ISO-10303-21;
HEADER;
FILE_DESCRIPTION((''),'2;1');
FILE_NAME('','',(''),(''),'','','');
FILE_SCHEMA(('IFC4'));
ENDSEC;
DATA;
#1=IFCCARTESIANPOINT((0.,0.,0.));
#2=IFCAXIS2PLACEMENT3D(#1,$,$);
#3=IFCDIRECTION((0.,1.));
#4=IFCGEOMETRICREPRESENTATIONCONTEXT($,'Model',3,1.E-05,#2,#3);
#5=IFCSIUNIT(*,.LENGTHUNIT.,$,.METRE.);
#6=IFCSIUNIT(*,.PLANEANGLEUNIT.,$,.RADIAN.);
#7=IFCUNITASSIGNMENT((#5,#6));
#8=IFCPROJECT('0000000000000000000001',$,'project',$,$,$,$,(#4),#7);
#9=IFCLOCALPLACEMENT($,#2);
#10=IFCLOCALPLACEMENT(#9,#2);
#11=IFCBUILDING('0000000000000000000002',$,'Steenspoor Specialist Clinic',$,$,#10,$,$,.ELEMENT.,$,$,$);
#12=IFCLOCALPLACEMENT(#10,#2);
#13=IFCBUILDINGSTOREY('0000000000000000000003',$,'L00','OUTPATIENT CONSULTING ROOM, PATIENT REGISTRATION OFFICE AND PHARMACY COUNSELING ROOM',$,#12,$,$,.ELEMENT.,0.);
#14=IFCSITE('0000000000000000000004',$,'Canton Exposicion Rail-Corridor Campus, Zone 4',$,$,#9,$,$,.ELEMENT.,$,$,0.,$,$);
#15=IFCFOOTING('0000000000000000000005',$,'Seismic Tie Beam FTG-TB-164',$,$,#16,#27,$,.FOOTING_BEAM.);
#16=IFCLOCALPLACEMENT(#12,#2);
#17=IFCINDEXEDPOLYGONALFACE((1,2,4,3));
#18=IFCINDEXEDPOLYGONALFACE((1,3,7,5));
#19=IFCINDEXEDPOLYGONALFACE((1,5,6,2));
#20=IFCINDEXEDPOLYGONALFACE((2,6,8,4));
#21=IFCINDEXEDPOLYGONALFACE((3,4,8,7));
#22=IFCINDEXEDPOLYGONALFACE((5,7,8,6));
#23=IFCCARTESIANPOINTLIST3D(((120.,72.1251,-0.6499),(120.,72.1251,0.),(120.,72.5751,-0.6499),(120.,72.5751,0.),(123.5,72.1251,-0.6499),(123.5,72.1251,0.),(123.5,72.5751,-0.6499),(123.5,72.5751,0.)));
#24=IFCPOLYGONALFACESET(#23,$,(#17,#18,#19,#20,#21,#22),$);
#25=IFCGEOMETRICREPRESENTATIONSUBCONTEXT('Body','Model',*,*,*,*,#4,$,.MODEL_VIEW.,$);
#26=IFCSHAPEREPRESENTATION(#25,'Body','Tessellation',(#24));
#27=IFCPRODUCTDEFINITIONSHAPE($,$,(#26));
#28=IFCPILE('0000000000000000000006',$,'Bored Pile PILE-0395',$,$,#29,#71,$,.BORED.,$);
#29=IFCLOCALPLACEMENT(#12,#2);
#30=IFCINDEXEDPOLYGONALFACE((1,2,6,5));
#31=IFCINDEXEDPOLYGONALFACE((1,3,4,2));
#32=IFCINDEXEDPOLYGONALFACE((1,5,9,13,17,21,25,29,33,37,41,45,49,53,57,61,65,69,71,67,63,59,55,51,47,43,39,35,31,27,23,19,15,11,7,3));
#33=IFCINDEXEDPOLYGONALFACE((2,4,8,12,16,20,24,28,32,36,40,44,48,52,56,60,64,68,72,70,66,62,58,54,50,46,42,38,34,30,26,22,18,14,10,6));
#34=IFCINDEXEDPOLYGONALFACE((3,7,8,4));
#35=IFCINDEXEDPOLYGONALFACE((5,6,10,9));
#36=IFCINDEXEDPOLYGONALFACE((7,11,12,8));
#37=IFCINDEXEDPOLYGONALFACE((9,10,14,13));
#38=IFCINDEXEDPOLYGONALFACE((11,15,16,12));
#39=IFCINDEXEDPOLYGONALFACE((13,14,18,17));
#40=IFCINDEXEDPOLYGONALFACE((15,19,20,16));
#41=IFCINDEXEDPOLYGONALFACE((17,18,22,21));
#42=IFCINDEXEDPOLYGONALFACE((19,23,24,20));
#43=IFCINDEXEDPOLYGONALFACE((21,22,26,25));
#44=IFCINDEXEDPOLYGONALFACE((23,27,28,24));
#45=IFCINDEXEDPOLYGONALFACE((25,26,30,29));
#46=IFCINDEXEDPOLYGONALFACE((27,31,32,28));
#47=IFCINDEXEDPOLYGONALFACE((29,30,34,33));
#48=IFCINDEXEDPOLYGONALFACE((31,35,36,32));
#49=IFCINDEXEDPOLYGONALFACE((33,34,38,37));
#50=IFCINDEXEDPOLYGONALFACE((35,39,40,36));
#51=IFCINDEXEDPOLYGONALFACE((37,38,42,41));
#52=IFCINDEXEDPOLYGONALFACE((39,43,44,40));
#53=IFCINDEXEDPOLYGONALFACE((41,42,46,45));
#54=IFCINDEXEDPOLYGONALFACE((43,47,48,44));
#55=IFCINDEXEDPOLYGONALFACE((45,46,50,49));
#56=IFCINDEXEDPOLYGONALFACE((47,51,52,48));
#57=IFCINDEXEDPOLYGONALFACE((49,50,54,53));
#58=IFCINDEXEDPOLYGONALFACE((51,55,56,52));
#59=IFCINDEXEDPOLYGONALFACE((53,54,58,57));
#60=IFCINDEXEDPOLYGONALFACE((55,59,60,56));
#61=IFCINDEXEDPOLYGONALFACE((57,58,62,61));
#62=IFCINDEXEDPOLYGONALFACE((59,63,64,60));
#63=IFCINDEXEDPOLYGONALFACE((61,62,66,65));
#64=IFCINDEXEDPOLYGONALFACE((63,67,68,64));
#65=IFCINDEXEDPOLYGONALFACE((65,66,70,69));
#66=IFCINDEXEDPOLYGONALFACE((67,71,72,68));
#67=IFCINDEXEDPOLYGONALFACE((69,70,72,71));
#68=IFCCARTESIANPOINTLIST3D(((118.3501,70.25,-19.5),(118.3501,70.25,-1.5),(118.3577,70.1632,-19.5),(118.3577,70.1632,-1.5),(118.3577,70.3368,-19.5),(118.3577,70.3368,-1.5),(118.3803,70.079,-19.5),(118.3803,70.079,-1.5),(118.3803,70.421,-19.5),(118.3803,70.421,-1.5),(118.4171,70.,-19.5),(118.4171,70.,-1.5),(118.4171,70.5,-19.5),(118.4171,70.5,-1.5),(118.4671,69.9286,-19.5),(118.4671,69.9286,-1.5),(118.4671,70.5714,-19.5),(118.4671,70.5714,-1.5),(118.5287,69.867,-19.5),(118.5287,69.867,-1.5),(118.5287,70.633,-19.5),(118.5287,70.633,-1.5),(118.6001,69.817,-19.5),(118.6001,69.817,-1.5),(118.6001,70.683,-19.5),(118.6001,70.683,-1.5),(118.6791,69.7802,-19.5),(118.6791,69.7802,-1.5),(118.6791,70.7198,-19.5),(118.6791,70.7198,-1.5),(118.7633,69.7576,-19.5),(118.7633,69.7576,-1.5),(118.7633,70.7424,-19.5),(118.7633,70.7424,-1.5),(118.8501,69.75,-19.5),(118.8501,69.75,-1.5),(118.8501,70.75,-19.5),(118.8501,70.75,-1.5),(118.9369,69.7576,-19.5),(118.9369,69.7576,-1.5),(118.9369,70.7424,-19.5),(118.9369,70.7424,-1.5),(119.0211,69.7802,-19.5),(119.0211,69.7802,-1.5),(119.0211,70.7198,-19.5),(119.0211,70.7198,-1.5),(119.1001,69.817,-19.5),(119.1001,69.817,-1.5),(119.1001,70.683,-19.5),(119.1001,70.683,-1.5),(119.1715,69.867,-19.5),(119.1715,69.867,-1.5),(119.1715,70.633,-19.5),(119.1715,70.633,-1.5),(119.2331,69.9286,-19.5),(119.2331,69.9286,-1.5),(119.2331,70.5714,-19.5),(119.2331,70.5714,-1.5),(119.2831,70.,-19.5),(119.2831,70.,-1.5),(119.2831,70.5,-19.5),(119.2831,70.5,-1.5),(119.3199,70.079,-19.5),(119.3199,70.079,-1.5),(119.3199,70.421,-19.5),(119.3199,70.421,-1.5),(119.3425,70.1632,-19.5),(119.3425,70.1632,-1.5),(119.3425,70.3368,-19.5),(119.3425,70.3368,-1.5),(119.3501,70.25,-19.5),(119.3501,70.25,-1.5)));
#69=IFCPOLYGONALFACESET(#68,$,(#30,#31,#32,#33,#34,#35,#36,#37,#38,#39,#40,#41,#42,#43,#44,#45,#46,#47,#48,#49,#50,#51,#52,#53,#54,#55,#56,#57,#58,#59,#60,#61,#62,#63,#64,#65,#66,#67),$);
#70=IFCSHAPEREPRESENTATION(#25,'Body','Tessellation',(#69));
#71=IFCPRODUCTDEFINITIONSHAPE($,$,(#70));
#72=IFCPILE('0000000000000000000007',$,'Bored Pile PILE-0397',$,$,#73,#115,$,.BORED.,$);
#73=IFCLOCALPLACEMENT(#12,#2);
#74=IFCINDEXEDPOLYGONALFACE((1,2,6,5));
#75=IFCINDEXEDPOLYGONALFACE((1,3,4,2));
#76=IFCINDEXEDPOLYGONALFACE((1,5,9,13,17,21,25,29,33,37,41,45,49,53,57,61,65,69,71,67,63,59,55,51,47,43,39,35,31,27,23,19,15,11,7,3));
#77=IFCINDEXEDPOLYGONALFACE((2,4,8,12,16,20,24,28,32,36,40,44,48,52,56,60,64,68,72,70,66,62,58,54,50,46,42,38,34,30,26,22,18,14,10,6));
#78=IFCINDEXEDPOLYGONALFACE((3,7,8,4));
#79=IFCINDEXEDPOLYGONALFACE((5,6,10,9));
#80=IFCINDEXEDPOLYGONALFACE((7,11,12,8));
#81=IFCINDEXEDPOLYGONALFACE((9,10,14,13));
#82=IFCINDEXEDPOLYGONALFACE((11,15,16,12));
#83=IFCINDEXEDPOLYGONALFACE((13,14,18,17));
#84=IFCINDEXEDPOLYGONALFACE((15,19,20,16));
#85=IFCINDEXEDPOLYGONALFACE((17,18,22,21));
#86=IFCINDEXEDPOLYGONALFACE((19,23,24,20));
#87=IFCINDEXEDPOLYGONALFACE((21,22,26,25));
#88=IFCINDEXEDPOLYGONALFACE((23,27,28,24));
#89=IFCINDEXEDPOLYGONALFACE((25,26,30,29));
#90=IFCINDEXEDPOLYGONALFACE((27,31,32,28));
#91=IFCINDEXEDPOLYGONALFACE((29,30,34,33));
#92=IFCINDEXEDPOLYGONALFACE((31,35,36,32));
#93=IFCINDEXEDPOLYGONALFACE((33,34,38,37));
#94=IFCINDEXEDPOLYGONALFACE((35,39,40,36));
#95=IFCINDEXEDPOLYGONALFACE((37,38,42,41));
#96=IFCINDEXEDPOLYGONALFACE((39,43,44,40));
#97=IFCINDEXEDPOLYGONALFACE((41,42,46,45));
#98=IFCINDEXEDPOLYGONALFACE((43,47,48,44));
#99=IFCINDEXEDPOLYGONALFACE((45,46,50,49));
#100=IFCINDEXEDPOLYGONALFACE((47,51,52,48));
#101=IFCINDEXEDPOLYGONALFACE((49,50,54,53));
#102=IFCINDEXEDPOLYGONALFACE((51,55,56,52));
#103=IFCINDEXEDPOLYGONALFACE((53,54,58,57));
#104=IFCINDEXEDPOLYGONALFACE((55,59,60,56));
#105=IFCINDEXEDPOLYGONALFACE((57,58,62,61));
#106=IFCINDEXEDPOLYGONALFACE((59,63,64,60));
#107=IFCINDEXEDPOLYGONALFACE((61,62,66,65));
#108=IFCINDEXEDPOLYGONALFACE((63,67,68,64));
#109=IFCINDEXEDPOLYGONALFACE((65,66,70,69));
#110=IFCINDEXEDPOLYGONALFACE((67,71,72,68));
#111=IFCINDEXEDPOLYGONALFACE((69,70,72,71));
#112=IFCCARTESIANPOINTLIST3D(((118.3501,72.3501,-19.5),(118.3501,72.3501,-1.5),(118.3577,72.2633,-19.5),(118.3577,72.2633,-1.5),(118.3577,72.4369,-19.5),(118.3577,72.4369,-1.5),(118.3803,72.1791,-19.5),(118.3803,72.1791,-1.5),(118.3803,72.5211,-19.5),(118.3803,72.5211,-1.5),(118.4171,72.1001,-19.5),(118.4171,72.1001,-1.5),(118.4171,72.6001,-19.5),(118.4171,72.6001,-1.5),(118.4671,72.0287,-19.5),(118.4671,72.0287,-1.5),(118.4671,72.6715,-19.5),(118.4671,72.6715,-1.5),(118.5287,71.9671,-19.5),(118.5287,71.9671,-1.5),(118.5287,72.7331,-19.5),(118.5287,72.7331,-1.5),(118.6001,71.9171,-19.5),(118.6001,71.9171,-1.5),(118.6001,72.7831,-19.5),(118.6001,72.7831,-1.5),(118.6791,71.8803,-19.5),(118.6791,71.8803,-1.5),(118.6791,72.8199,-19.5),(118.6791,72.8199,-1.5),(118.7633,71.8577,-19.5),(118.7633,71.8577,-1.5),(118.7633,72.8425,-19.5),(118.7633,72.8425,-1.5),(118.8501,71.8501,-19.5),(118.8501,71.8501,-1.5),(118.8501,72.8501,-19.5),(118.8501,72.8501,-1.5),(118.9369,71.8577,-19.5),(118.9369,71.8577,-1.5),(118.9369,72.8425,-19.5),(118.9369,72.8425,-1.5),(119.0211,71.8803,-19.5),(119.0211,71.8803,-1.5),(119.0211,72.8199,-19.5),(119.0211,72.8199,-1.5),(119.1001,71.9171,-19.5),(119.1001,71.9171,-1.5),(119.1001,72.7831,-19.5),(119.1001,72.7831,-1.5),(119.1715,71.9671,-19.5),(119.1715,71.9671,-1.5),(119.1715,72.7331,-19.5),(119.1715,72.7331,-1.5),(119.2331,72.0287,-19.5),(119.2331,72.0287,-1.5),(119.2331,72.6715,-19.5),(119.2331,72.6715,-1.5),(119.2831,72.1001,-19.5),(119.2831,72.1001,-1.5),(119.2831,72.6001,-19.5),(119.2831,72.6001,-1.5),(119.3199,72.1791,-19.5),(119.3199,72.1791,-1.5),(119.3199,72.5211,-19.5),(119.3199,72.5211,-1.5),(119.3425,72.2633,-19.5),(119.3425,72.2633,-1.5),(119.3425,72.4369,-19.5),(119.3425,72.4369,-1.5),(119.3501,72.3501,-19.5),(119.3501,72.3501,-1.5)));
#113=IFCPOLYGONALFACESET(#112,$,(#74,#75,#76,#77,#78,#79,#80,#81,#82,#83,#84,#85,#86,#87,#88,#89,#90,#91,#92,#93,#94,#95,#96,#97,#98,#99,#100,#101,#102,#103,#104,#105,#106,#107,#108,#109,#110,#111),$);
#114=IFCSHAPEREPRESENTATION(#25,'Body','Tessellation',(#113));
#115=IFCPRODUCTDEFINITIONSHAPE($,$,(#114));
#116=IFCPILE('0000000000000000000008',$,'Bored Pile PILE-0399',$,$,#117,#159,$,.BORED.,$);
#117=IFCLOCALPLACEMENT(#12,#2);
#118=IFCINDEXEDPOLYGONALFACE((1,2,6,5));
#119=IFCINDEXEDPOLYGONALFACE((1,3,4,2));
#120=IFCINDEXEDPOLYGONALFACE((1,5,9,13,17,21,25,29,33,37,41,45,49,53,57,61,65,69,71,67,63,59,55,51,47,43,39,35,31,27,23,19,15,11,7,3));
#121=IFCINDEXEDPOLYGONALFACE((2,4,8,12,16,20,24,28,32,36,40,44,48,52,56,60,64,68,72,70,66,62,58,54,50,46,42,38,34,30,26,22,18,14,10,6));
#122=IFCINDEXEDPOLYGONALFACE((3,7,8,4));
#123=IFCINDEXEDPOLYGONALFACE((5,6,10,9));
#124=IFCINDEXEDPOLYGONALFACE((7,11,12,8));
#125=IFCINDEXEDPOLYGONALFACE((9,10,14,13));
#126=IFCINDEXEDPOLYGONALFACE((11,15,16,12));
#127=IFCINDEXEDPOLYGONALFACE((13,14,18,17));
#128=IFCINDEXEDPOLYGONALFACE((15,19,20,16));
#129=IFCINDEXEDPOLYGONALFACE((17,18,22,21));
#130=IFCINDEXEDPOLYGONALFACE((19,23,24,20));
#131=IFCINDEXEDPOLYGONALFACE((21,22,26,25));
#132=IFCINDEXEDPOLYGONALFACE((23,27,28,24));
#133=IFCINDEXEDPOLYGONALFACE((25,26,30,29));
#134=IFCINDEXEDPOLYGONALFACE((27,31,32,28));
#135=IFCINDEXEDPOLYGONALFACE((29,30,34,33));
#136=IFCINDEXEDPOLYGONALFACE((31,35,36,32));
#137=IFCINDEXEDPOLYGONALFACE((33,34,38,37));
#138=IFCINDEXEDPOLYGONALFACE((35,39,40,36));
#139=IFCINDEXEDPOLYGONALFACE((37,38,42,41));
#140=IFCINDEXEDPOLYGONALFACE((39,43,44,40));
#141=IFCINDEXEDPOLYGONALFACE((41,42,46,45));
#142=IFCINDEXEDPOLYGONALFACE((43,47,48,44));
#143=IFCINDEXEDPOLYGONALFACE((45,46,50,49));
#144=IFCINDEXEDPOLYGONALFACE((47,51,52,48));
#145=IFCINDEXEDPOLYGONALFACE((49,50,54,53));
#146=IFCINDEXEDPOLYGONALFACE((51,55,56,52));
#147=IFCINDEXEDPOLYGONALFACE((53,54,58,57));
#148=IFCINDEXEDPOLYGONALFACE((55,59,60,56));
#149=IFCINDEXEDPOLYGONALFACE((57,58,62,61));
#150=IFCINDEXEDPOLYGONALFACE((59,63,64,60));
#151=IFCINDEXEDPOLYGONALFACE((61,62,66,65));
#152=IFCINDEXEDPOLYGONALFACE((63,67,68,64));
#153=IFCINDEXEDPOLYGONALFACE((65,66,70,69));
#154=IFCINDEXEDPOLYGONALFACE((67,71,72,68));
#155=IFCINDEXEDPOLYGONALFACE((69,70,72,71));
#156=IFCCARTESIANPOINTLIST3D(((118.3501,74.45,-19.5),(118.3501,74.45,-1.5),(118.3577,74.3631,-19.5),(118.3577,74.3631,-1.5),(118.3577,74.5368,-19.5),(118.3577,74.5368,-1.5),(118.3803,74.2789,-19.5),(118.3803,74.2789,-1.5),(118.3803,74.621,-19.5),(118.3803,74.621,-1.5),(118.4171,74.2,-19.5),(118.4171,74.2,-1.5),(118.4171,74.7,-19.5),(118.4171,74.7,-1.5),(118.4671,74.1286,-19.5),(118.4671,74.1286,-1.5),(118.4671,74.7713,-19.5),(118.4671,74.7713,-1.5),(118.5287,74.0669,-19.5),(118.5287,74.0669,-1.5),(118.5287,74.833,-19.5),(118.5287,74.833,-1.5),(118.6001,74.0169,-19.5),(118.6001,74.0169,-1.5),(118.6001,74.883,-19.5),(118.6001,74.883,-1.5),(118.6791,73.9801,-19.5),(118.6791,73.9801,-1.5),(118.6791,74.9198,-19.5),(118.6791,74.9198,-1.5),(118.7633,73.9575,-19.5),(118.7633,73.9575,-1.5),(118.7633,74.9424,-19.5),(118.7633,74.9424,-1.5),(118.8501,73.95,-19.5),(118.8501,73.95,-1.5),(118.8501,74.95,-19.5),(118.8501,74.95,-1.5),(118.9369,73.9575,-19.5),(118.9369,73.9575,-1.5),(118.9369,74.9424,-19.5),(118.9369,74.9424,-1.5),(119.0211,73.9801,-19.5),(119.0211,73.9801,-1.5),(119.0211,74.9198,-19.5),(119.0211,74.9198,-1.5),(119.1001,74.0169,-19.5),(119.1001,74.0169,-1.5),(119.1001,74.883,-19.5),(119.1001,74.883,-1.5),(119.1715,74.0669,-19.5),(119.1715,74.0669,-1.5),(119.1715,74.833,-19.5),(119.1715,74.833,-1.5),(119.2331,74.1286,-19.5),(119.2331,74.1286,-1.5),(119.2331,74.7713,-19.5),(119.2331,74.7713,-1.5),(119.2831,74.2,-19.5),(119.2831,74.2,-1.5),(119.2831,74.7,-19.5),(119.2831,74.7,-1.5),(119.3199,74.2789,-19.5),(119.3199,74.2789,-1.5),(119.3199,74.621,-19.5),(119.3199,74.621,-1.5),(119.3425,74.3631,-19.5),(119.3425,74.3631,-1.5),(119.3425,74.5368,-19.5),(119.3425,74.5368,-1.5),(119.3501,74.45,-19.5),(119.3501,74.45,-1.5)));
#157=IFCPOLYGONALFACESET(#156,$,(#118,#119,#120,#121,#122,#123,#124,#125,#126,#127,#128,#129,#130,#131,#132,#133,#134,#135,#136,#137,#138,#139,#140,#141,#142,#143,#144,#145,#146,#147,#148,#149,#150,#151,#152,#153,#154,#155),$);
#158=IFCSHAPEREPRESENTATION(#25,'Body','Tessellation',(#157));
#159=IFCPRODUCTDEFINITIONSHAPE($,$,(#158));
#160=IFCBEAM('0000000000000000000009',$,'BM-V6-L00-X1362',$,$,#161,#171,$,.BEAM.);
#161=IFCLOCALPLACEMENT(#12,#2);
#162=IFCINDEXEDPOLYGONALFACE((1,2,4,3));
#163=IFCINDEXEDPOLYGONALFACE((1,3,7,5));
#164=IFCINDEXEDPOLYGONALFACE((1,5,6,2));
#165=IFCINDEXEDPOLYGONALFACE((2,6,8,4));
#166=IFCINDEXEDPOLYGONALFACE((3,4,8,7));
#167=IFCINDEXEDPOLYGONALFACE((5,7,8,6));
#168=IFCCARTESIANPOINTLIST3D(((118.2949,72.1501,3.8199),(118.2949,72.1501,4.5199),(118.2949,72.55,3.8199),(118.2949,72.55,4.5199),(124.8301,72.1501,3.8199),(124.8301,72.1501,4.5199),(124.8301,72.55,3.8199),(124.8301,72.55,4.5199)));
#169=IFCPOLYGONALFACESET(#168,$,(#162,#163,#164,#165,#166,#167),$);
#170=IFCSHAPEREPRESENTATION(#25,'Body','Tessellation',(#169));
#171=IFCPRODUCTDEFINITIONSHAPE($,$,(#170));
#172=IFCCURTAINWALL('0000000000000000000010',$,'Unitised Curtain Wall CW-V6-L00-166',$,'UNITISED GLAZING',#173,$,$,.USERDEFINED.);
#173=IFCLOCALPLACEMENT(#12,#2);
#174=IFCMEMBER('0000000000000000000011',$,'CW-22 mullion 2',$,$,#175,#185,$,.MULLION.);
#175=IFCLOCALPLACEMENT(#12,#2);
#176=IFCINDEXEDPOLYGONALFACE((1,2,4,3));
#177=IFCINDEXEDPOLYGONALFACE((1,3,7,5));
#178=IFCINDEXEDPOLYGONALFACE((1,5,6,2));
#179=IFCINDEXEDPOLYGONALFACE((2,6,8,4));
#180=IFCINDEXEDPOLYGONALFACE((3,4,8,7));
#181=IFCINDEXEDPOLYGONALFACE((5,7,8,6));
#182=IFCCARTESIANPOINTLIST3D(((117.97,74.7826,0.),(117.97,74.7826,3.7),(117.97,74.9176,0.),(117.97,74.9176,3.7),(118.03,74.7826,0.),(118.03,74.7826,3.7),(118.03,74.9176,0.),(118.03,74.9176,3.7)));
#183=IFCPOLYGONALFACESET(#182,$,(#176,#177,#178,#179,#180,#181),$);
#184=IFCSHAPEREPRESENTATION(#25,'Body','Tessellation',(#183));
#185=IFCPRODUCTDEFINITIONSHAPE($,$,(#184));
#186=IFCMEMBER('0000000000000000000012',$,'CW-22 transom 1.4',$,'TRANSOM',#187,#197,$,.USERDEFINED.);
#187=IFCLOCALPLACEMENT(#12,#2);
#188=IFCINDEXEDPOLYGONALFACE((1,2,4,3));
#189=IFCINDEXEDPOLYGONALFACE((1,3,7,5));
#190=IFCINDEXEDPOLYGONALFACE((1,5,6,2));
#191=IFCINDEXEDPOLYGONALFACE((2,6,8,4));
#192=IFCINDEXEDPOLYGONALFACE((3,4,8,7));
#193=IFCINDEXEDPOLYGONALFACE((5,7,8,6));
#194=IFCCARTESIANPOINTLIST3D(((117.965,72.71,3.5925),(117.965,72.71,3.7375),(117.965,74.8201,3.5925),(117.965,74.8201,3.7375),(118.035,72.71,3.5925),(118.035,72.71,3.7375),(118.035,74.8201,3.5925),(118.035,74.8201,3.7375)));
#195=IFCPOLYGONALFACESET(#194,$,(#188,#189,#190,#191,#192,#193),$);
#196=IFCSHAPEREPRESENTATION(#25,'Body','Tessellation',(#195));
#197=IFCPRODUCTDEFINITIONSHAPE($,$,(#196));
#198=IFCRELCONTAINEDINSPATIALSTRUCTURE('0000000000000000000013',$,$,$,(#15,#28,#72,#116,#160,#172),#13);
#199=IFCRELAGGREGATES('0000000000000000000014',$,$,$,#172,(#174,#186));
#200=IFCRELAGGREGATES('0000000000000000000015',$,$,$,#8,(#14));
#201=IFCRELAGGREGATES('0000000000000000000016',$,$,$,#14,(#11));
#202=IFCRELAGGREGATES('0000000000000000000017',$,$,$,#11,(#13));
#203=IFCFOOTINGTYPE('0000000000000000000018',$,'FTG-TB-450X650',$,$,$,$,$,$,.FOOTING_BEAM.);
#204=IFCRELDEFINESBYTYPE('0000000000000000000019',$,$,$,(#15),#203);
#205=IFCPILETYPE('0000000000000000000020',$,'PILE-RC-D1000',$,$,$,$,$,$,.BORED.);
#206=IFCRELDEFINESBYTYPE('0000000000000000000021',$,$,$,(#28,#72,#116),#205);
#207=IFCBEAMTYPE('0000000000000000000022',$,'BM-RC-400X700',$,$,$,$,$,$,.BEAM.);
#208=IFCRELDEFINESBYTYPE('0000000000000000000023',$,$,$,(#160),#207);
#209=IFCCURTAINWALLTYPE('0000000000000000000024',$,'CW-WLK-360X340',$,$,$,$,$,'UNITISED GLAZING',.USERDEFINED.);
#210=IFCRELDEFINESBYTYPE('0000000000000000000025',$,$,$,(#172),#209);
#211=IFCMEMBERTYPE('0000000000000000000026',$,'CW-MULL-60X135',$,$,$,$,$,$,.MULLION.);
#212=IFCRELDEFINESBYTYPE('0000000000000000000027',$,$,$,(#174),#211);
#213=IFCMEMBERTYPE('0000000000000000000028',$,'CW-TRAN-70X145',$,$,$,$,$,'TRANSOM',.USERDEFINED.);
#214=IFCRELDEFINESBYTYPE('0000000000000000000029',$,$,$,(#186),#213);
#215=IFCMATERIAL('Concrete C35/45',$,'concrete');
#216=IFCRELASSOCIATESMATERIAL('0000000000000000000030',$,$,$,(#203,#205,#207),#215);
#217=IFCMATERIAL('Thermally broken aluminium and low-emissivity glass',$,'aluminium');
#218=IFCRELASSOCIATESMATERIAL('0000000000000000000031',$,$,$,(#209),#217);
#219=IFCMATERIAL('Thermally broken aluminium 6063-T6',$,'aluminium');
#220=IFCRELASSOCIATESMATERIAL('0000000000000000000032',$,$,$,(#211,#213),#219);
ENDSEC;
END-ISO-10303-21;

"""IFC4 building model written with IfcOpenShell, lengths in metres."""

from ifc_helpers import new_model, si_unit, direction, frame, origin, origin_2d, place, context, subcontext, project, spatial, rectangle, circle, extrude, material, material_profile, profile_set, type_object, element, aggregate, save


model = new_model("IFC4")

# Units and contexts
model_context = context("Model", 3, precision=1e-05, world=origin(), true_north=direction((0.0, 1.0)))
body_context = subcontext(model_context, "Body", "Model", "MODEL_VIEW")
ifc_project = project(units=[si_unit("LENGTHUNIT", "METRE"), si_unit("PLANEANGLEUNIT", "RADIAN")], contexts=[model_context])

# Site, building, storey
site_placement = place(None, origin())
site = spatial("IfcSite", under=ifc_project, at=site_placement, Name="Canton Exposicion Rail-Corridor Campus, Zone 4", CompositionType="ELEMENT", RefElevation=0.0)
building_placement = place(site_placement, origin())
building = spatial("IfcBuilding", under=site, at=building_placement, Name="Steenspoor Specialist Clinic", CompositionType="ELEMENT")
storey_placement = place(building_placement, origin())
storey = spatial("IfcBuildingStorey", under=building, at=storey_placement, Name="L00", Description="OUTPATIENT CONSULTING ROOM, PATIENT REGISTRATION OFFICE AND PHARMACY COUNSELING ROOM", CompositionType="ELEMENT", Elevation=0.0)

# Footing
ifc_material_1 = material(Name="Concrete C35/45", Category="concrete")
footing_type = type_object("IfcFootingType", Name="FTG-TB-450X650", PredefinedType="FOOTING_BEAM", material=ifc_material_1)
footing_placement = place(storey_placement, frame((121.75, 72.3501, -0.6499), z_axis=(0.0, 0.0, 1.0), x_axis=(1.0, 0.0, 0.0)))
element("IfcFooting", 1, at=footing_placement, inside=storey, type_object=footing_type, Name="Seismic Tie Beam FTG-TB-164", PredefinedType="FOOTING_BEAM", context=body_context, shape_type="SweptSolid", body=[
    extrude(rectangle(XDim=3.5, YDim=0.45, at=origin_2d()), origin(), (0.0, 0.0, 1.0), 0.6499),
])

# Piles
ifc_material_profile_1 = material_profile(ifc_material_1, circle(Radius=0.5, at=origin_2d()), Name="PILE-D1000")
ifc_profile_set_1 = profile_set([ifc_material_profile_1], Name="Concrete C35/45")
pile_type = type_object("IfcPileType", Name="PILE-RC-D1000", PredefinedType="BORED", material=ifc_profile_set_1)
for number, where, z_axis, x_axis, name in (
    (2, (118.8501, 70.25, -1.5), (0.0, 0.0, -1.0), (1.0, 0.0, 0.0), "Bored Pile PILE-0395"),
    (3, (118.8501, 72.3501, -1.5), (0.0, 0.0, -1.0), (1.0, 0.0, 0.0), "Bored Pile PILE-0397"),
    (4, (118.8501, 74.45, -1.5), (0.0, 0.0, -1.0), (1.0, 0.0, 0.0), "Bored Pile PILE-0399"),
):
    element("IfcPile", number, at=place(storey_placement, frame(where, z_axis=z_axis, x_axis=x_axis)), inside=storey, type_object=pile_type, Name=name, PredefinedType="BORED", context=body_context, shape_type="SweptSolid", body=[
        extrude(circle(Radius=0.5, at=origin_2d()), origin(), (0.0, 0.0, 1.0), 18.0),
    ])

# Beam
ifc_material_profile_2 = material_profile(ifc_material_1, rectangle(XDim=0.3999, YDim=0.7, at=origin_2d()), Name="RC-BM-400X700")
ifc_profile_set_2 = profile_set([ifc_material_profile_2], Name="Concrete C35/45")
beam_type_1 = type_object("IfcBeamType", Name="BM-RC-400X700", PredefinedType="BEAM", material=ifc_profile_set_2)
beam_1_placement = place(storey_placement, frame((118.2949, 72.3501, 4.1699), z_axis=(1.0, 0.0, 0.0), x_axis=(0.0, 1.0, 0.0)))
element("IfcBeam", 5, at=beam_1_placement, inside=storey, type_object=beam_type_1, Name="BM-V6-L00-X1362", PredefinedType="BEAM", context=body_context, shape_type="SweptSolid", body=[
    extrude(rectangle(XDim=0.3999, YDim=0.7, at=origin_2d()), origin(), (0.0, 0.0, 1.0), 6.5352),
])

# Curtain wall, members
ifc_material_2 = material(Name="Thermally broken aluminium and low-emissivity glass", Category="aluminium")
curtain_wall_type = type_object("IfcCurtainWallType", Name="CW-WLK-360X340", ElementType="UNITISED GLAZING", PredefinedType="USERDEFINED", material=ifc_material_2)
curtain_wall_placement = place(storey_placement, origin())
curtain_wall = element("IfcCurtainWall", 6, at=curtain_wall_placement, inside=storey, type_object=curtain_wall_type, Name="Unitised Curtain Wall CW-V6-L00-166", ObjectType="UNITISED GLAZING", PredefinedType="USERDEFINED")
ifc_material_3 = material(Name="Thermally broken aluminium 6063-T6", Category="aluminium")
ifc_material_profile_3 = material_profile(ifc_material_3, rectangle(XDim=0.0601, YDim=0.135, at=origin_2d()), Name="CWM-60X135")
ifc_profile_set_3 = profile_set([ifc_material_profile_3], Name="Thermally broken aluminium 6063-T6")
member_type_1 = type_object("IfcMemberType", Name="CW-MULL-60X135", PredefinedType="MULLION", material=ifc_profile_set_3)
member_1_placement = place(storey_placement, frame((118.0, 74.8501, 0.0), z_axis=(0.0, 0.0, 1.0), x_axis=(-1.0, 0.0, 0.0)))
member_1 = element("IfcMember", 7, at=member_1_placement, type_object=member_type_1, Name="CW-22 mullion 2", PredefinedType="MULLION", context=body_context, shape_type="SweptSolid", body=[
    extrude(rectangle(XDim=0.0601, YDim=0.135, at=origin_2d()), origin(), (0.0, 0.0, 1.0), 3.7),
])
ifc_material_profile_4 = material_profile(ifc_material_3, rectangle(XDim=0.0701, YDim=0.145, at=origin_2d()), Name="CWT-70X145")
ifc_profile_set_4 = profile_set([ifc_material_profile_4], Name="Thermally broken aluminium 6063-T6")
member_type_2 = type_object("IfcMemberType", Name="CW-TRAN-70X145", ElementType="TRANSOM", PredefinedType="USERDEFINED", material=ifc_profile_set_4)
member_2_placement = place(storey_placement, frame((118.0, 72.71, 3.665), z_axis=(0.0, 1.0, 0.0), x_axis=(-1.0, 0.0, 0.0)))
member_2 = element("IfcMember", 8, at=member_2_placement, type_object=member_type_2, Name="CW-22 transom 1.4", ObjectType="TRANSOM", PredefinedType="USERDEFINED", context=body_context, shape_type="SweptSolid", body=[
    extrude(rectangle(XDim=0.0701, YDim=0.145, at=origin_2d()), origin(), (0.0, 0.0, 1.0), 2.1101),
])

aggregate(curtain_wall, [member_1, member_2])

save(model, "model.ifc")
